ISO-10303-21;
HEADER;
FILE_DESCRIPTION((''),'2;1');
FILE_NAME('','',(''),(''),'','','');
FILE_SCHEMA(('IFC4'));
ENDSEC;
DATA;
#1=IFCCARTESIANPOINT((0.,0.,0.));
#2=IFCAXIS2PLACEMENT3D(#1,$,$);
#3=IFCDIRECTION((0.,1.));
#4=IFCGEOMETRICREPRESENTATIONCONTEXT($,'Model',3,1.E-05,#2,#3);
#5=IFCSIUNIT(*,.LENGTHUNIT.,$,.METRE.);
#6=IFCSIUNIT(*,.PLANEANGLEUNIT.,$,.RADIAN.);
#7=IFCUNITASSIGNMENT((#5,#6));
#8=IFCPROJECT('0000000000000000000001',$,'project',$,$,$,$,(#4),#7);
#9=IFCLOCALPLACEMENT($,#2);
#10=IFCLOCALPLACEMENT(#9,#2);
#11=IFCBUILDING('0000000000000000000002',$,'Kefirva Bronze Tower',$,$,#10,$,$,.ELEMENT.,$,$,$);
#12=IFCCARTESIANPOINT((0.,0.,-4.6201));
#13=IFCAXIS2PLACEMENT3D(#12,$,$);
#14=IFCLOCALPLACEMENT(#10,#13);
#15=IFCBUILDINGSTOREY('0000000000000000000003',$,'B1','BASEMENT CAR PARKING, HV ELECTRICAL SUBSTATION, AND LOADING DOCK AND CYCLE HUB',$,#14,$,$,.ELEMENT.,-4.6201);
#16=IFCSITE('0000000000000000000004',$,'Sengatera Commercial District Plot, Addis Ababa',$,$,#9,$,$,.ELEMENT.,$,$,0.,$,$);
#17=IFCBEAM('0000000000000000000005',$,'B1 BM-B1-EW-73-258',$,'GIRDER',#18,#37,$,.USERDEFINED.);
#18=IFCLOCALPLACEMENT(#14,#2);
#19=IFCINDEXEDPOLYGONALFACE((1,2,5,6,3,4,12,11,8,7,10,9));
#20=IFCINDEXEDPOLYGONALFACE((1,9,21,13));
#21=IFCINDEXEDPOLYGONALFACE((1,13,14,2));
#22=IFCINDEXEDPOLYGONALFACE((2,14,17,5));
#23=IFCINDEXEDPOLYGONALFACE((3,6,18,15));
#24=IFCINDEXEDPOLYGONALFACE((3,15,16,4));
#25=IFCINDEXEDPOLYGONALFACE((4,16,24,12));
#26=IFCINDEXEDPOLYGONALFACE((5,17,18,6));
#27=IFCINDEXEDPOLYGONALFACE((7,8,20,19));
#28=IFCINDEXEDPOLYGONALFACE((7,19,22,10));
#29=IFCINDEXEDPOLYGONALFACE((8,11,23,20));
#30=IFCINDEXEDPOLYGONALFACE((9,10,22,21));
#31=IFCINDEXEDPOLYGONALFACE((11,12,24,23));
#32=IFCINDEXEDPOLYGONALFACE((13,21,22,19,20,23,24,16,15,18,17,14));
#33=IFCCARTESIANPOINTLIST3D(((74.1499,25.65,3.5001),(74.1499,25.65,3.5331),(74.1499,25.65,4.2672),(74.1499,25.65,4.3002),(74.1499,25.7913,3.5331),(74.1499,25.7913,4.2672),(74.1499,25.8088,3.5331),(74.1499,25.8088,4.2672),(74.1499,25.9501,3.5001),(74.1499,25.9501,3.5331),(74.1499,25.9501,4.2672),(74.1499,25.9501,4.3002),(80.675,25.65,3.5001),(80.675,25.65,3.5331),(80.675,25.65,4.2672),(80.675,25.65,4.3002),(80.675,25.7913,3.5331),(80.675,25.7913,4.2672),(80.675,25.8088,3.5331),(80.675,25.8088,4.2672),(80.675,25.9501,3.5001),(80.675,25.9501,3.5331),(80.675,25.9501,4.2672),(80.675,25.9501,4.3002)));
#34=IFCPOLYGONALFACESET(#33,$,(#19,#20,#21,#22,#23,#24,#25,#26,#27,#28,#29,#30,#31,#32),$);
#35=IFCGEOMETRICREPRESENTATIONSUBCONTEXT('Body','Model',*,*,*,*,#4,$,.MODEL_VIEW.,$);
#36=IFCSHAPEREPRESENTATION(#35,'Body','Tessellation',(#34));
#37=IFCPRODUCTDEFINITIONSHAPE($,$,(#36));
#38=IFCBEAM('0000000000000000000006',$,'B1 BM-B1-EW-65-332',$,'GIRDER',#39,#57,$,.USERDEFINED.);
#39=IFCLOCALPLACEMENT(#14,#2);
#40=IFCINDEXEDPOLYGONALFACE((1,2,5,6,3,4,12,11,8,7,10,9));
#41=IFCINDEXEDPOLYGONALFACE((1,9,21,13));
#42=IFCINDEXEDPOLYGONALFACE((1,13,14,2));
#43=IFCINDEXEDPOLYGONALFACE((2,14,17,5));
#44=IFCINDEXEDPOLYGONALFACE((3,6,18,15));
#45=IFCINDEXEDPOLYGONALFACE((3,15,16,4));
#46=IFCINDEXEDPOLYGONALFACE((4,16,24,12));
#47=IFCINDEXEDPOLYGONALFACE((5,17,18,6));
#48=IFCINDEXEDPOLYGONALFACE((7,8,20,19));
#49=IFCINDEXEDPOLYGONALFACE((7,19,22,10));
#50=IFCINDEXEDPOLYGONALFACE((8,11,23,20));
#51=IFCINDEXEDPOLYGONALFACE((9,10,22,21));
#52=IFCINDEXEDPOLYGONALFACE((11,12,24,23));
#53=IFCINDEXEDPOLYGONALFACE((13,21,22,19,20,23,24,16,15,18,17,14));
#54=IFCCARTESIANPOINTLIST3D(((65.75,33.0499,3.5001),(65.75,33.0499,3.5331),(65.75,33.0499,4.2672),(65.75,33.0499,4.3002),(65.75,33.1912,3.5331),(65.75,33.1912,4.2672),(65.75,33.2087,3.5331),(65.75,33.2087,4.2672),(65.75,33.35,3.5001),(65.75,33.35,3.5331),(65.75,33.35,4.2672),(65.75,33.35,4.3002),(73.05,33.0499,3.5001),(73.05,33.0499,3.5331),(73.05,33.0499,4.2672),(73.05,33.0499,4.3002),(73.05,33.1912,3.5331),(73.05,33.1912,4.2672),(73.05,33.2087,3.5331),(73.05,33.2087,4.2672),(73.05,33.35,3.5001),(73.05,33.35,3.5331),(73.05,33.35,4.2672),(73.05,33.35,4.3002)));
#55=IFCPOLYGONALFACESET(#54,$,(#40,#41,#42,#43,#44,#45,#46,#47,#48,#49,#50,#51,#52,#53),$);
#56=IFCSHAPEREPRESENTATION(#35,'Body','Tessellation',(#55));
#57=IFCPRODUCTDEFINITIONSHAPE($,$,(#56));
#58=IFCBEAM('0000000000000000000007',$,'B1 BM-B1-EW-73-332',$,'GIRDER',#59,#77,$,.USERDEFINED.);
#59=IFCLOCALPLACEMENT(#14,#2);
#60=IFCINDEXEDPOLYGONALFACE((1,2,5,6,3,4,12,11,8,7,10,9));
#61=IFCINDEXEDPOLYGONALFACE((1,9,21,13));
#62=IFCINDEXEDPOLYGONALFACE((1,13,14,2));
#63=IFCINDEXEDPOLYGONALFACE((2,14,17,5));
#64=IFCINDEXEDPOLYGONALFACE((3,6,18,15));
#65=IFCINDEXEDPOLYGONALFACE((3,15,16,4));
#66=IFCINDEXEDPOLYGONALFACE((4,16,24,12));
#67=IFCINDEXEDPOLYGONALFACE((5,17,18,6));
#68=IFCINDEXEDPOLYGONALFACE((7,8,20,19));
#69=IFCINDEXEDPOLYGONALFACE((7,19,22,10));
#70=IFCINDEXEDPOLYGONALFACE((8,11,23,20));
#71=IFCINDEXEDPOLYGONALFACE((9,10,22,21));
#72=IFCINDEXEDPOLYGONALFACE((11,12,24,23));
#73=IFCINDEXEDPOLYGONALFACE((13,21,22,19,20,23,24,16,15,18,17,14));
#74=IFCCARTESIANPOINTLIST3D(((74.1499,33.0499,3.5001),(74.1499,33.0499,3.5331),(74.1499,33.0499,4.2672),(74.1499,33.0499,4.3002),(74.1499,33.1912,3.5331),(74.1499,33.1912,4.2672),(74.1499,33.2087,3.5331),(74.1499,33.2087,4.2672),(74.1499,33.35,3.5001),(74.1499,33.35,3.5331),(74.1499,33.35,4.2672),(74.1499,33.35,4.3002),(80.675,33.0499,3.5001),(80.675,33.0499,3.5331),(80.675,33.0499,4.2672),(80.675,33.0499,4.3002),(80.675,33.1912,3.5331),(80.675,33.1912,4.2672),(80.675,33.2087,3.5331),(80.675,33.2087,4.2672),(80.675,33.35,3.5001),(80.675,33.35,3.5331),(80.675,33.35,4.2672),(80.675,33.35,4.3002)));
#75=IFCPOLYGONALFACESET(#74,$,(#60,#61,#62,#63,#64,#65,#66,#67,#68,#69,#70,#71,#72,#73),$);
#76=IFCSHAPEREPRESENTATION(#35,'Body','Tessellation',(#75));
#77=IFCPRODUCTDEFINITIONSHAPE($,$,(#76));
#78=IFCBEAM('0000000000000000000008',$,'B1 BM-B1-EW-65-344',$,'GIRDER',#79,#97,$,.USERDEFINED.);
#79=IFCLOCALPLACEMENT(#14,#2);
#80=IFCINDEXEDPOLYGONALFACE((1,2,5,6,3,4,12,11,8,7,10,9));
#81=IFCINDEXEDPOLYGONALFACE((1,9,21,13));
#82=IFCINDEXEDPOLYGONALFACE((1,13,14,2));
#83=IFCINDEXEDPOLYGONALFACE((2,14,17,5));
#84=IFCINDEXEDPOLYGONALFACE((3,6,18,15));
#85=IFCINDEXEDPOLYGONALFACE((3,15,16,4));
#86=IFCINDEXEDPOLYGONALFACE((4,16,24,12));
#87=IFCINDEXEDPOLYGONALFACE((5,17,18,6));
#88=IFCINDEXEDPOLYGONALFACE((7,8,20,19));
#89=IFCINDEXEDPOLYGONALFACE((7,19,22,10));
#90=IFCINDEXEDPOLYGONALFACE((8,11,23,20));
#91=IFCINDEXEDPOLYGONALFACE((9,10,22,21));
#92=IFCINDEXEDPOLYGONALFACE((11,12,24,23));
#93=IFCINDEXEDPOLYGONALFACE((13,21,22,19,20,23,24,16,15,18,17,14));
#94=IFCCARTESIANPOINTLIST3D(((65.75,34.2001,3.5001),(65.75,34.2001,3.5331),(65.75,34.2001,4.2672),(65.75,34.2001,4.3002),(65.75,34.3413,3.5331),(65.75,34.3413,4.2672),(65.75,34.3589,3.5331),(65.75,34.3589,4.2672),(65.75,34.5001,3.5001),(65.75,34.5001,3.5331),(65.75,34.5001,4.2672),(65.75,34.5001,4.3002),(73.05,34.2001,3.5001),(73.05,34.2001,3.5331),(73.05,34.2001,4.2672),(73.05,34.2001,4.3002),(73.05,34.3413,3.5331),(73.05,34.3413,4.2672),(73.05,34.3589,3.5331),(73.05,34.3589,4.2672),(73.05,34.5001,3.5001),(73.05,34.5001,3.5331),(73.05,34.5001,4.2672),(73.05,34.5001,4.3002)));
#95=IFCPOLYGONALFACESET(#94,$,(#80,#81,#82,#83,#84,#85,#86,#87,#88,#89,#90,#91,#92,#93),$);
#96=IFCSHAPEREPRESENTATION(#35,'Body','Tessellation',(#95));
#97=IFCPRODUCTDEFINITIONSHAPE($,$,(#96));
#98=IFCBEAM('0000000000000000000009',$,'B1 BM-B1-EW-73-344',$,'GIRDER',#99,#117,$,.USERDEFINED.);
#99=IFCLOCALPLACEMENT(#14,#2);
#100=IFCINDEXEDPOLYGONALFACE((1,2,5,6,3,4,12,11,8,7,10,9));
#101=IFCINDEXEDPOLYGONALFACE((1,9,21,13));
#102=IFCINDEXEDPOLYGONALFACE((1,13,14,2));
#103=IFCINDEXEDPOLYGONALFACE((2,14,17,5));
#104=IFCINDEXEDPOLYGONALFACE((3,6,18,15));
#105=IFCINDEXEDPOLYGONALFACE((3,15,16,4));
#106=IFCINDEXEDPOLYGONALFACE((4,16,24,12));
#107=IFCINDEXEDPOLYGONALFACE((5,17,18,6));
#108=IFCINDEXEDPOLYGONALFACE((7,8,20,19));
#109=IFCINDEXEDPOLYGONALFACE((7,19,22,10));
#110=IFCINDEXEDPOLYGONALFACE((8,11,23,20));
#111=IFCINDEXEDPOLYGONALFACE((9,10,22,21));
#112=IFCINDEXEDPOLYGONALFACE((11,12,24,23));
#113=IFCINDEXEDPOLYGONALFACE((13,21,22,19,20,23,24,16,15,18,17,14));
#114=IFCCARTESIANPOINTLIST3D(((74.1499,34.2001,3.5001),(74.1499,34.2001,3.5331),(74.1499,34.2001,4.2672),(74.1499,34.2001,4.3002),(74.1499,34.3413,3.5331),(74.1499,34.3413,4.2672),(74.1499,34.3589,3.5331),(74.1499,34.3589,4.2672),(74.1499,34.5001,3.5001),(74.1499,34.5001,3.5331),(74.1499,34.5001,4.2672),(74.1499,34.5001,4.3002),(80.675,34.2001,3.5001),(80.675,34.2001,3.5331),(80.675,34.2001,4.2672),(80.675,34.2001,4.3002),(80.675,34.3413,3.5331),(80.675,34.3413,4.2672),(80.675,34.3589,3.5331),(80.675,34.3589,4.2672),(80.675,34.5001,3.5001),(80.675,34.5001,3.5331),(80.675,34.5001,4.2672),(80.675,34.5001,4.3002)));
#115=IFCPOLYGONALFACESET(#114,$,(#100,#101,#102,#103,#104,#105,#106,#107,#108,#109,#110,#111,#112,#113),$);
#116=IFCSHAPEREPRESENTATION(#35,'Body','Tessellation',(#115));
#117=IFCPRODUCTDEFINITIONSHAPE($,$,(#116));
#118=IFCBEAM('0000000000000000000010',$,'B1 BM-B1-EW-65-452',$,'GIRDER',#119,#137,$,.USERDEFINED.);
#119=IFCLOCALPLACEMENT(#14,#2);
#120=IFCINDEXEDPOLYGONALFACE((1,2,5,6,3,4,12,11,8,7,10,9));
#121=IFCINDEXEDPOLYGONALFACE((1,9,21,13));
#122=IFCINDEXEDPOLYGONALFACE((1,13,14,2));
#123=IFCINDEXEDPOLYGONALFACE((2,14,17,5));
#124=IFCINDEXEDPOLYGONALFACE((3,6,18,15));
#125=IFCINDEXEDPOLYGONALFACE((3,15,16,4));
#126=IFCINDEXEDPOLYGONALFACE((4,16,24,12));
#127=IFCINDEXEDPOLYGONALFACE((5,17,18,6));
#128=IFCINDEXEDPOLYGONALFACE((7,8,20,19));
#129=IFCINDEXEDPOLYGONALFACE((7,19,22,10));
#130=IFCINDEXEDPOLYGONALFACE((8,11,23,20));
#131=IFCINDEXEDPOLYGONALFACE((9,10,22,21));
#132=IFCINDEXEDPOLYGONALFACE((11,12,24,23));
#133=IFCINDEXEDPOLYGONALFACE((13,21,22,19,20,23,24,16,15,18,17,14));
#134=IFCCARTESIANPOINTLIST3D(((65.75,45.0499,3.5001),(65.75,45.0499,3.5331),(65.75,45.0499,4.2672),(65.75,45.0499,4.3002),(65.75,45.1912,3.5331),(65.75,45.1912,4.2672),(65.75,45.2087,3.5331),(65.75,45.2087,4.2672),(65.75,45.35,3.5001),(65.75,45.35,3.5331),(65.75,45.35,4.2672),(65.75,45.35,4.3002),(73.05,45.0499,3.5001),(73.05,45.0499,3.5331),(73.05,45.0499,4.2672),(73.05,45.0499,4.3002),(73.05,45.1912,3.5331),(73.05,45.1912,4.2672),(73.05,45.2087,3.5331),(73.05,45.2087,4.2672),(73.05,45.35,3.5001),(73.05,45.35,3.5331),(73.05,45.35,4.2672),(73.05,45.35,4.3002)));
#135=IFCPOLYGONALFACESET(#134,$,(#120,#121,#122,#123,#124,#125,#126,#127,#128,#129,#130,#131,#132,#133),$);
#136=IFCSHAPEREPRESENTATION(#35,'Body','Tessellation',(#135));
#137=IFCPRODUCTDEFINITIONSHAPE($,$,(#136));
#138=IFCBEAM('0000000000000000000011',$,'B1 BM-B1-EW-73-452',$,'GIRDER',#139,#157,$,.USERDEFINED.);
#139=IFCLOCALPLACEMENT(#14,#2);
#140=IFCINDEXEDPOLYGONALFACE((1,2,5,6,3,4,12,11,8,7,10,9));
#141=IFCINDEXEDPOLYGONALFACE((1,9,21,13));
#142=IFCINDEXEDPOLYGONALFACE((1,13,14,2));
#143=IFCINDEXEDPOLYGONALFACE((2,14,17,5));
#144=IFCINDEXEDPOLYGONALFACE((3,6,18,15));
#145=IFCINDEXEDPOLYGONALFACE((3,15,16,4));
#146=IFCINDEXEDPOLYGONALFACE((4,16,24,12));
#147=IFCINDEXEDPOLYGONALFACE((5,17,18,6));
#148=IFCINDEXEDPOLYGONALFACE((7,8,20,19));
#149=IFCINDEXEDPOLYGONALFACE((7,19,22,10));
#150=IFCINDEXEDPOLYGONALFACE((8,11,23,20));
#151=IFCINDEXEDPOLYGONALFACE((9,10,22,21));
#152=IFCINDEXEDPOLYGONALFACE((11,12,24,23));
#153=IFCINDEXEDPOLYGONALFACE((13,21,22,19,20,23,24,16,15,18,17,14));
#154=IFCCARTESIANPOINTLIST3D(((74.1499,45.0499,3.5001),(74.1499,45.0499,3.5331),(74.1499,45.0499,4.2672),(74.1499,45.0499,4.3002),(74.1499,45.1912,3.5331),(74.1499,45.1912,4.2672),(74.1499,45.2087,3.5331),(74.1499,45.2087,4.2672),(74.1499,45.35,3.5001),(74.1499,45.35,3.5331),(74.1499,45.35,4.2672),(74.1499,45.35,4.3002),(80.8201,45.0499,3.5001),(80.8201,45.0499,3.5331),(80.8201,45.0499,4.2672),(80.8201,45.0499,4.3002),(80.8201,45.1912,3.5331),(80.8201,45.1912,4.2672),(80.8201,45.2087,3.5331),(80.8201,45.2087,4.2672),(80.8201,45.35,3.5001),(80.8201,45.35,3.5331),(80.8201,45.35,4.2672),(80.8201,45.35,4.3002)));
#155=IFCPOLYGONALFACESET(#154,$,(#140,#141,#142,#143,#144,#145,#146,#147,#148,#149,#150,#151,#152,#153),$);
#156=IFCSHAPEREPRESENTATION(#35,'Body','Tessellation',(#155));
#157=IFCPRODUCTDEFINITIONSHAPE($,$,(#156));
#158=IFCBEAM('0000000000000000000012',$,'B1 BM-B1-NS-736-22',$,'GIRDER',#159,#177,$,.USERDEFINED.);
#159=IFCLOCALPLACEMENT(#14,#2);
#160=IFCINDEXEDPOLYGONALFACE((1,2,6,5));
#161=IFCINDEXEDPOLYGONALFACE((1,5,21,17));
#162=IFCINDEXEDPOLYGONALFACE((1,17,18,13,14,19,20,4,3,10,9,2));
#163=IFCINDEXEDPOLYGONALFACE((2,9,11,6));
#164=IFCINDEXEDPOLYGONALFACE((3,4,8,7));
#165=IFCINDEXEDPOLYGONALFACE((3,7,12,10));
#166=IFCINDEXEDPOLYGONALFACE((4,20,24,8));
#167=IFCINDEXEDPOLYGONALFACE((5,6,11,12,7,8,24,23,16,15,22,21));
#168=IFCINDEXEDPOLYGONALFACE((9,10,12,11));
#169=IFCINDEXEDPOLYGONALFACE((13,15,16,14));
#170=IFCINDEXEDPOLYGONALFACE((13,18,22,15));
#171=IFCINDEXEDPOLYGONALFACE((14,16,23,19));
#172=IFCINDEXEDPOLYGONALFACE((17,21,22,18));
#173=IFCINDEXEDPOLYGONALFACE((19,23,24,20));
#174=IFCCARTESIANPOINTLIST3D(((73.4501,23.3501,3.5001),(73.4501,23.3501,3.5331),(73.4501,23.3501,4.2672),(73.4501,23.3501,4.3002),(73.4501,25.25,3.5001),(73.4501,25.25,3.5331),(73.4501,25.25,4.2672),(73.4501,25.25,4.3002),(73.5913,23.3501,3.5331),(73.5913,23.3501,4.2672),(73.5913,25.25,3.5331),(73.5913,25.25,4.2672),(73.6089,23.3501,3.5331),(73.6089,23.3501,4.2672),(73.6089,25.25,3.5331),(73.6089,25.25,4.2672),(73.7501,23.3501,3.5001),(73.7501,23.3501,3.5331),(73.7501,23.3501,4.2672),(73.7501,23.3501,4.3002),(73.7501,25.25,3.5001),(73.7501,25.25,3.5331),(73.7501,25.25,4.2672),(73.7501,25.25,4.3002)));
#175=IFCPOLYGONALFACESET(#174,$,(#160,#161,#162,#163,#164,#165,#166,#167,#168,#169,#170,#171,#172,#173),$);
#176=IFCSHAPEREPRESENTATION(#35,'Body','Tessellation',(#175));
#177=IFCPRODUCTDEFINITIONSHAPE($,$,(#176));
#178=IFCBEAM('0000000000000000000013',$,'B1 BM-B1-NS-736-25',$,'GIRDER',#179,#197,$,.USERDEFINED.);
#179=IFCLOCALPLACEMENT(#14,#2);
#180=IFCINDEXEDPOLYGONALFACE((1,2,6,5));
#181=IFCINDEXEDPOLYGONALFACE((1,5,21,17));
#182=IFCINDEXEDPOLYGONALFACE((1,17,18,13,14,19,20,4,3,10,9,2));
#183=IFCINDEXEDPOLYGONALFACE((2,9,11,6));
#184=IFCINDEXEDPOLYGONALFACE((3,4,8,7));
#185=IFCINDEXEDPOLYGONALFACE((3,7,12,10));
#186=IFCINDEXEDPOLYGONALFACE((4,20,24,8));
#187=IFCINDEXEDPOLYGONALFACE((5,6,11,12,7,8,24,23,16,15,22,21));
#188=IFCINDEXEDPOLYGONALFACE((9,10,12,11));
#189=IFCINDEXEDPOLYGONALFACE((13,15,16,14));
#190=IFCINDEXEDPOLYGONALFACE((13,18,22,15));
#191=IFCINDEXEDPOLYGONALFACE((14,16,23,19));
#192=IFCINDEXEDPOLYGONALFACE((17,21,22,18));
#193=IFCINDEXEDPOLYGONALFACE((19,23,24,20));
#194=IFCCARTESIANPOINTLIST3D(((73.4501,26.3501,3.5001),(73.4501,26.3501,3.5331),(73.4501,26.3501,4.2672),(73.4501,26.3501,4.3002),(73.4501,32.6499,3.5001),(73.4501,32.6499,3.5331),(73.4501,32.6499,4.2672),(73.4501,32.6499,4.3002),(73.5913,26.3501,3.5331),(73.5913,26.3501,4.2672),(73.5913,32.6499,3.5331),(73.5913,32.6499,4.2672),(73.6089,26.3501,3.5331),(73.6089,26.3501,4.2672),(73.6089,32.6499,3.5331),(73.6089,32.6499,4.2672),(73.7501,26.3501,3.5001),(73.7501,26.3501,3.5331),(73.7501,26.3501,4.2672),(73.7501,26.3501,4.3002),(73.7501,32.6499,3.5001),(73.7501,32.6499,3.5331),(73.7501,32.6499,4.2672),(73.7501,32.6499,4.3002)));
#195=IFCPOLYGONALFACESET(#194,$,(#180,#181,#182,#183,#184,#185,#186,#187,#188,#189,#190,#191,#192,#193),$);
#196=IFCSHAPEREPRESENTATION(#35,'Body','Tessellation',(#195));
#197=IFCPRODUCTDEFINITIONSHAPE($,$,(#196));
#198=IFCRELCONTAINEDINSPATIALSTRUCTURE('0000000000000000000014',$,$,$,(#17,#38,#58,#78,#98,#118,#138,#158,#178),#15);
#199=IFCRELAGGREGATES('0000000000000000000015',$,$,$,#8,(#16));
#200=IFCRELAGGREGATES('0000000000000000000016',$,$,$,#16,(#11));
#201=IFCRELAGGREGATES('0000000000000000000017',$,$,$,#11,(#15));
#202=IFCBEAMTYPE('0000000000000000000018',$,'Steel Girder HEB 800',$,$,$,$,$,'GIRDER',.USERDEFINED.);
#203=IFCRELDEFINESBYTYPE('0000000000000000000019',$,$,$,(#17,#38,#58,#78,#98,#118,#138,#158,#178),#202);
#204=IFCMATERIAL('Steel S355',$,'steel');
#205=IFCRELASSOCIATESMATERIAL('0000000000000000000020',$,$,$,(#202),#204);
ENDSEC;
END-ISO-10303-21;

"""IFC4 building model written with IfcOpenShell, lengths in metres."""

from ifc_helpers import new_model, si_unit, direction, frame, origin, origin_2d, place, context, subcontext, project, spatial, i_section, extrude, material, material_profile, profile_set, type_object, element, save


model = new_model("IFC4")

# Units and contexts
model_context = context("Model", 3, precision=1e-05, world=origin(), true_north=direction((0.0, 1.0)))
body_context = subcontext(model_context, "Body", "Model", "MODEL_VIEW")
ifc_project = project(units=[si_unit("LENGTHUNIT", "METRE"), si_unit("PLANEANGLEUNIT", "RADIAN")], contexts=[model_context])

# Site, building, storey
site_placement = place(None, origin())
site = spatial("IfcSite", under=ifc_project, at=site_placement, Name="Sengatera Commercial District Plot, Addis Ababa", CompositionType="ELEMENT", RefElevation=0.0)
building_placement = place(site_placement, origin())
building = spatial("IfcBuilding", under=site, at=building_placement, Name="Kefirva Bronze Tower", CompositionType="ELEMENT")
storey_placement = place(building_placement, frame((0.0, 0.0, -4.6201)))
storey = spatial("IfcBuildingStorey", under=building, at=storey_placement, Name="B1", Description="BASEMENT CAR PARKING, HV ELECTRICAL SUBSTATION, AND LOADING DOCK AND CYCLE HUB", CompositionType="ELEMENT", Elevation=-4.6201)

# Beams
ifc_material_1 = material(Name="Steel S355", Category="steel")
ifc_material_profile_1 = material_profile(ifc_material_1, i_section(OverallWidth=0.3, OverallDepth=0.8, WebThickness=0.0176, FlangeThickness=0.033, at=origin_2d()), Name="HEB 800")
ifc_profile_set_1 = profile_set([ifc_material_profile_1], Name="Steel S355")
beam_type_1 = type_object("IfcBeamType", Name="Steel Girder HEB 800", ElementType="GIRDER", PredefinedType="USERDEFINED", material=ifc_profile_set_1)
beam_1_placement = place(storey_placement, frame((74.1499, 25.8, 3.9001), z_axis=(1.0, 0.0, 0.0), x_axis=(0.0, 1.0, 0.0)))
element("IfcBeam", 1, at=beam_1_placement, inside=storey, type_object=beam_type_1, Name="B1 BM-B1-EW-73-258", ObjectType="GIRDER", PredefinedType="USERDEFINED", context=body_context, shape_type="SweptSolid", body=[
    extrude(i_section(OverallWidth=0.3, OverallDepth=0.8, WebThickness=0.0176, FlangeThickness=0.033, at=origin_2d()), origin(), (0.0, 0.0, 1.0), 6.5251),
])
beam_2_placement = place(storey_placement, frame((65.75, 33.2, 3.9001), z_axis=(1.0, 0.0, 0.0), x_axis=(0.0, 1.0, 0.0)))
element("IfcBeam", 2, at=beam_2_placement, inside=storey, type_object=beam_type_1, Name="B1 BM-B1-EW-65-332", ObjectType="GIRDER", PredefinedType="USERDEFINED", context=body_context, shape_type="SweptSolid", body=[
    extrude(i_section(OverallWidth=0.3, OverallDepth=0.8, WebThickness=0.0176, FlangeThickness=0.033, at=origin_2d()), origin(), (0.0, 0.0, 1.0), 7.3),
])
beam_3_placement = place(storey_placement, frame((74.1499, 33.2, 3.9001), z_axis=(1.0, 0.0, 0.0), x_axis=(0.0, 1.0, 0.0)))
element("IfcBeam", 3, at=beam_3_placement, inside=storey, type_object=beam_type_1, Name="B1 BM-B1-EW-73-332", ObjectType="GIRDER", PredefinedType="USERDEFINED", context=body_context, shape_type="SweptSolid", body=[
    extrude(i_section(OverallWidth=0.3, OverallDepth=0.8, WebThickness=0.0176, FlangeThickness=0.033, at=origin_2d()), origin(), (0.0, 0.0, 1.0), 6.5251),
])
beam_4_placement = place(storey_placement, frame((65.75, 34.3501, 3.9001), z_axis=(1.0, 0.0, 0.0), x_axis=(0.0, 1.0, 0.0)))
element("IfcBeam", 4, at=beam_4_placement, inside=storey, type_object=beam_type_1, Name="B1 BM-B1-EW-65-344", ObjectType="GIRDER", PredefinedType="USERDEFINED", context=body_context, shape_type="SweptSolid", body=[
    extrude(i_section(OverallWidth=0.3, OverallDepth=0.8, WebThickness=0.0176, FlangeThickness=0.033, at=origin_2d()), origin(), (0.0, 0.0, 1.0), 7.3),
])
beam_5_placement = place(storey_placement, frame((74.1499, 34.3501, 3.9001), z_axis=(1.0, 0.0, 0.0), x_axis=(0.0, 1.0, 0.0)))
element("IfcBeam", 5, at=beam_5_placement, inside=storey, type_object=beam_type_1, Name="B1 BM-B1-EW-73-344", ObjectType="GIRDER", PredefinedType="USERDEFINED", context=body_context, shape_type="SweptSolid", body=[
    extrude(i_section(OverallWidth=0.3, OverallDepth=0.8, WebThickness=0.0176, FlangeThickness=0.033, at=origin_2d()), origin(), (0.0, 0.0, 1.0), 6.5251),
])
beam_6_placement = place(storey_placement, frame((65.75, 45.2, 3.9001), z_axis=(1.0, 0.0, 0.0), x_axis=(0.0, 1.0, 0.0)))
element("IfcBeam", 6, at=beam_6_placement, inside=storey, type_object=beam_type_1, Name="B1 BM-B1-EW-65-452", ObjectType="GIRDER", PredefinedType="USERDEFINED", context=body_context, shape_type="SweptSolid", body=[
    extrude(i_section(OverallWidth=0.3, OverallDepth=0.8, WebThickness=0.0176, FlangeThickness=0.033, at=origin_2d()), origin(), (0.0, 0.0, 1.0), 7.3),
])
beam_7_placement = place(storey_placement, frame((74.1499, 45.2, 3.9001), z_axis=(1.0, 0.0, 0.0), x_axis=(0.0, 1.0, 0.0)))
element("IfcBeam", 7, at=beam_7_placement, inside=storey, type_object=beam_type_1, Name="B1 BM-B1-EW-73-452", ObjectType="GIRDER", PredefinedType="USERDEFINED", context=body_context, shape_type="SweptSolid", body=[
    extrude(i_section(OverallWidth=0.3, OverallDepth=0.8, WebThickness=0.0176, FlangeThickness=0.033, at=origin_2d()), origin(), (0.0, 0.0, 1.0), 6.6702),
])
beam_8_placement = place(storey_placement, frame((73.6001, 23.3501, 3.9001), z_axis=(0.0, 1.0, 0.0), x_axis=(-1.0, 0.0, 0.0)))
element("IfcBeam", 8, at=beam_8_placement, inside=storey, type_object=beam_type_1, Name="B1 BM-B1-NS-736-22", ObjectType="GIRDER", PredefinedType="USERDEFINED", context=body_context, shape_type="SweptSolid", body=[
    extrude(i_section(OverallWidth=0.3, OverallDepth=0.8, WebThickness=0.0176, FlangeThickness=0.033, at=origin_2d()), origin(), (0.0, 0.0, 1.0), 1.8999),
])
beam_9_placement = place(storey_placement, frame((73.6001, 26.3501, 3.9001), z_axis=(0.0, 1.0, 0.0), x_axis=(-1.0, 0.0, 0.0)))
element("IfcBeam", 9, at=beam_9_placement, inside=storey, type_object=beam_type_1, Name="B1 BM-B1-NS-736-25", ObjectType="GIRDER", PredefinedType="USERDEFINED", context=body_context, shape_type="SweptSolid", body=[
    extrude(i_section(OverallWidth=0.3, OverallDepth=0.8, WebThickness=0.0176, FlangeThickness=0.033, at=origin_2d()), origin(), (0.0, 0.0, 1.0), 6.2998),
])

save(model, "model.ifc")
